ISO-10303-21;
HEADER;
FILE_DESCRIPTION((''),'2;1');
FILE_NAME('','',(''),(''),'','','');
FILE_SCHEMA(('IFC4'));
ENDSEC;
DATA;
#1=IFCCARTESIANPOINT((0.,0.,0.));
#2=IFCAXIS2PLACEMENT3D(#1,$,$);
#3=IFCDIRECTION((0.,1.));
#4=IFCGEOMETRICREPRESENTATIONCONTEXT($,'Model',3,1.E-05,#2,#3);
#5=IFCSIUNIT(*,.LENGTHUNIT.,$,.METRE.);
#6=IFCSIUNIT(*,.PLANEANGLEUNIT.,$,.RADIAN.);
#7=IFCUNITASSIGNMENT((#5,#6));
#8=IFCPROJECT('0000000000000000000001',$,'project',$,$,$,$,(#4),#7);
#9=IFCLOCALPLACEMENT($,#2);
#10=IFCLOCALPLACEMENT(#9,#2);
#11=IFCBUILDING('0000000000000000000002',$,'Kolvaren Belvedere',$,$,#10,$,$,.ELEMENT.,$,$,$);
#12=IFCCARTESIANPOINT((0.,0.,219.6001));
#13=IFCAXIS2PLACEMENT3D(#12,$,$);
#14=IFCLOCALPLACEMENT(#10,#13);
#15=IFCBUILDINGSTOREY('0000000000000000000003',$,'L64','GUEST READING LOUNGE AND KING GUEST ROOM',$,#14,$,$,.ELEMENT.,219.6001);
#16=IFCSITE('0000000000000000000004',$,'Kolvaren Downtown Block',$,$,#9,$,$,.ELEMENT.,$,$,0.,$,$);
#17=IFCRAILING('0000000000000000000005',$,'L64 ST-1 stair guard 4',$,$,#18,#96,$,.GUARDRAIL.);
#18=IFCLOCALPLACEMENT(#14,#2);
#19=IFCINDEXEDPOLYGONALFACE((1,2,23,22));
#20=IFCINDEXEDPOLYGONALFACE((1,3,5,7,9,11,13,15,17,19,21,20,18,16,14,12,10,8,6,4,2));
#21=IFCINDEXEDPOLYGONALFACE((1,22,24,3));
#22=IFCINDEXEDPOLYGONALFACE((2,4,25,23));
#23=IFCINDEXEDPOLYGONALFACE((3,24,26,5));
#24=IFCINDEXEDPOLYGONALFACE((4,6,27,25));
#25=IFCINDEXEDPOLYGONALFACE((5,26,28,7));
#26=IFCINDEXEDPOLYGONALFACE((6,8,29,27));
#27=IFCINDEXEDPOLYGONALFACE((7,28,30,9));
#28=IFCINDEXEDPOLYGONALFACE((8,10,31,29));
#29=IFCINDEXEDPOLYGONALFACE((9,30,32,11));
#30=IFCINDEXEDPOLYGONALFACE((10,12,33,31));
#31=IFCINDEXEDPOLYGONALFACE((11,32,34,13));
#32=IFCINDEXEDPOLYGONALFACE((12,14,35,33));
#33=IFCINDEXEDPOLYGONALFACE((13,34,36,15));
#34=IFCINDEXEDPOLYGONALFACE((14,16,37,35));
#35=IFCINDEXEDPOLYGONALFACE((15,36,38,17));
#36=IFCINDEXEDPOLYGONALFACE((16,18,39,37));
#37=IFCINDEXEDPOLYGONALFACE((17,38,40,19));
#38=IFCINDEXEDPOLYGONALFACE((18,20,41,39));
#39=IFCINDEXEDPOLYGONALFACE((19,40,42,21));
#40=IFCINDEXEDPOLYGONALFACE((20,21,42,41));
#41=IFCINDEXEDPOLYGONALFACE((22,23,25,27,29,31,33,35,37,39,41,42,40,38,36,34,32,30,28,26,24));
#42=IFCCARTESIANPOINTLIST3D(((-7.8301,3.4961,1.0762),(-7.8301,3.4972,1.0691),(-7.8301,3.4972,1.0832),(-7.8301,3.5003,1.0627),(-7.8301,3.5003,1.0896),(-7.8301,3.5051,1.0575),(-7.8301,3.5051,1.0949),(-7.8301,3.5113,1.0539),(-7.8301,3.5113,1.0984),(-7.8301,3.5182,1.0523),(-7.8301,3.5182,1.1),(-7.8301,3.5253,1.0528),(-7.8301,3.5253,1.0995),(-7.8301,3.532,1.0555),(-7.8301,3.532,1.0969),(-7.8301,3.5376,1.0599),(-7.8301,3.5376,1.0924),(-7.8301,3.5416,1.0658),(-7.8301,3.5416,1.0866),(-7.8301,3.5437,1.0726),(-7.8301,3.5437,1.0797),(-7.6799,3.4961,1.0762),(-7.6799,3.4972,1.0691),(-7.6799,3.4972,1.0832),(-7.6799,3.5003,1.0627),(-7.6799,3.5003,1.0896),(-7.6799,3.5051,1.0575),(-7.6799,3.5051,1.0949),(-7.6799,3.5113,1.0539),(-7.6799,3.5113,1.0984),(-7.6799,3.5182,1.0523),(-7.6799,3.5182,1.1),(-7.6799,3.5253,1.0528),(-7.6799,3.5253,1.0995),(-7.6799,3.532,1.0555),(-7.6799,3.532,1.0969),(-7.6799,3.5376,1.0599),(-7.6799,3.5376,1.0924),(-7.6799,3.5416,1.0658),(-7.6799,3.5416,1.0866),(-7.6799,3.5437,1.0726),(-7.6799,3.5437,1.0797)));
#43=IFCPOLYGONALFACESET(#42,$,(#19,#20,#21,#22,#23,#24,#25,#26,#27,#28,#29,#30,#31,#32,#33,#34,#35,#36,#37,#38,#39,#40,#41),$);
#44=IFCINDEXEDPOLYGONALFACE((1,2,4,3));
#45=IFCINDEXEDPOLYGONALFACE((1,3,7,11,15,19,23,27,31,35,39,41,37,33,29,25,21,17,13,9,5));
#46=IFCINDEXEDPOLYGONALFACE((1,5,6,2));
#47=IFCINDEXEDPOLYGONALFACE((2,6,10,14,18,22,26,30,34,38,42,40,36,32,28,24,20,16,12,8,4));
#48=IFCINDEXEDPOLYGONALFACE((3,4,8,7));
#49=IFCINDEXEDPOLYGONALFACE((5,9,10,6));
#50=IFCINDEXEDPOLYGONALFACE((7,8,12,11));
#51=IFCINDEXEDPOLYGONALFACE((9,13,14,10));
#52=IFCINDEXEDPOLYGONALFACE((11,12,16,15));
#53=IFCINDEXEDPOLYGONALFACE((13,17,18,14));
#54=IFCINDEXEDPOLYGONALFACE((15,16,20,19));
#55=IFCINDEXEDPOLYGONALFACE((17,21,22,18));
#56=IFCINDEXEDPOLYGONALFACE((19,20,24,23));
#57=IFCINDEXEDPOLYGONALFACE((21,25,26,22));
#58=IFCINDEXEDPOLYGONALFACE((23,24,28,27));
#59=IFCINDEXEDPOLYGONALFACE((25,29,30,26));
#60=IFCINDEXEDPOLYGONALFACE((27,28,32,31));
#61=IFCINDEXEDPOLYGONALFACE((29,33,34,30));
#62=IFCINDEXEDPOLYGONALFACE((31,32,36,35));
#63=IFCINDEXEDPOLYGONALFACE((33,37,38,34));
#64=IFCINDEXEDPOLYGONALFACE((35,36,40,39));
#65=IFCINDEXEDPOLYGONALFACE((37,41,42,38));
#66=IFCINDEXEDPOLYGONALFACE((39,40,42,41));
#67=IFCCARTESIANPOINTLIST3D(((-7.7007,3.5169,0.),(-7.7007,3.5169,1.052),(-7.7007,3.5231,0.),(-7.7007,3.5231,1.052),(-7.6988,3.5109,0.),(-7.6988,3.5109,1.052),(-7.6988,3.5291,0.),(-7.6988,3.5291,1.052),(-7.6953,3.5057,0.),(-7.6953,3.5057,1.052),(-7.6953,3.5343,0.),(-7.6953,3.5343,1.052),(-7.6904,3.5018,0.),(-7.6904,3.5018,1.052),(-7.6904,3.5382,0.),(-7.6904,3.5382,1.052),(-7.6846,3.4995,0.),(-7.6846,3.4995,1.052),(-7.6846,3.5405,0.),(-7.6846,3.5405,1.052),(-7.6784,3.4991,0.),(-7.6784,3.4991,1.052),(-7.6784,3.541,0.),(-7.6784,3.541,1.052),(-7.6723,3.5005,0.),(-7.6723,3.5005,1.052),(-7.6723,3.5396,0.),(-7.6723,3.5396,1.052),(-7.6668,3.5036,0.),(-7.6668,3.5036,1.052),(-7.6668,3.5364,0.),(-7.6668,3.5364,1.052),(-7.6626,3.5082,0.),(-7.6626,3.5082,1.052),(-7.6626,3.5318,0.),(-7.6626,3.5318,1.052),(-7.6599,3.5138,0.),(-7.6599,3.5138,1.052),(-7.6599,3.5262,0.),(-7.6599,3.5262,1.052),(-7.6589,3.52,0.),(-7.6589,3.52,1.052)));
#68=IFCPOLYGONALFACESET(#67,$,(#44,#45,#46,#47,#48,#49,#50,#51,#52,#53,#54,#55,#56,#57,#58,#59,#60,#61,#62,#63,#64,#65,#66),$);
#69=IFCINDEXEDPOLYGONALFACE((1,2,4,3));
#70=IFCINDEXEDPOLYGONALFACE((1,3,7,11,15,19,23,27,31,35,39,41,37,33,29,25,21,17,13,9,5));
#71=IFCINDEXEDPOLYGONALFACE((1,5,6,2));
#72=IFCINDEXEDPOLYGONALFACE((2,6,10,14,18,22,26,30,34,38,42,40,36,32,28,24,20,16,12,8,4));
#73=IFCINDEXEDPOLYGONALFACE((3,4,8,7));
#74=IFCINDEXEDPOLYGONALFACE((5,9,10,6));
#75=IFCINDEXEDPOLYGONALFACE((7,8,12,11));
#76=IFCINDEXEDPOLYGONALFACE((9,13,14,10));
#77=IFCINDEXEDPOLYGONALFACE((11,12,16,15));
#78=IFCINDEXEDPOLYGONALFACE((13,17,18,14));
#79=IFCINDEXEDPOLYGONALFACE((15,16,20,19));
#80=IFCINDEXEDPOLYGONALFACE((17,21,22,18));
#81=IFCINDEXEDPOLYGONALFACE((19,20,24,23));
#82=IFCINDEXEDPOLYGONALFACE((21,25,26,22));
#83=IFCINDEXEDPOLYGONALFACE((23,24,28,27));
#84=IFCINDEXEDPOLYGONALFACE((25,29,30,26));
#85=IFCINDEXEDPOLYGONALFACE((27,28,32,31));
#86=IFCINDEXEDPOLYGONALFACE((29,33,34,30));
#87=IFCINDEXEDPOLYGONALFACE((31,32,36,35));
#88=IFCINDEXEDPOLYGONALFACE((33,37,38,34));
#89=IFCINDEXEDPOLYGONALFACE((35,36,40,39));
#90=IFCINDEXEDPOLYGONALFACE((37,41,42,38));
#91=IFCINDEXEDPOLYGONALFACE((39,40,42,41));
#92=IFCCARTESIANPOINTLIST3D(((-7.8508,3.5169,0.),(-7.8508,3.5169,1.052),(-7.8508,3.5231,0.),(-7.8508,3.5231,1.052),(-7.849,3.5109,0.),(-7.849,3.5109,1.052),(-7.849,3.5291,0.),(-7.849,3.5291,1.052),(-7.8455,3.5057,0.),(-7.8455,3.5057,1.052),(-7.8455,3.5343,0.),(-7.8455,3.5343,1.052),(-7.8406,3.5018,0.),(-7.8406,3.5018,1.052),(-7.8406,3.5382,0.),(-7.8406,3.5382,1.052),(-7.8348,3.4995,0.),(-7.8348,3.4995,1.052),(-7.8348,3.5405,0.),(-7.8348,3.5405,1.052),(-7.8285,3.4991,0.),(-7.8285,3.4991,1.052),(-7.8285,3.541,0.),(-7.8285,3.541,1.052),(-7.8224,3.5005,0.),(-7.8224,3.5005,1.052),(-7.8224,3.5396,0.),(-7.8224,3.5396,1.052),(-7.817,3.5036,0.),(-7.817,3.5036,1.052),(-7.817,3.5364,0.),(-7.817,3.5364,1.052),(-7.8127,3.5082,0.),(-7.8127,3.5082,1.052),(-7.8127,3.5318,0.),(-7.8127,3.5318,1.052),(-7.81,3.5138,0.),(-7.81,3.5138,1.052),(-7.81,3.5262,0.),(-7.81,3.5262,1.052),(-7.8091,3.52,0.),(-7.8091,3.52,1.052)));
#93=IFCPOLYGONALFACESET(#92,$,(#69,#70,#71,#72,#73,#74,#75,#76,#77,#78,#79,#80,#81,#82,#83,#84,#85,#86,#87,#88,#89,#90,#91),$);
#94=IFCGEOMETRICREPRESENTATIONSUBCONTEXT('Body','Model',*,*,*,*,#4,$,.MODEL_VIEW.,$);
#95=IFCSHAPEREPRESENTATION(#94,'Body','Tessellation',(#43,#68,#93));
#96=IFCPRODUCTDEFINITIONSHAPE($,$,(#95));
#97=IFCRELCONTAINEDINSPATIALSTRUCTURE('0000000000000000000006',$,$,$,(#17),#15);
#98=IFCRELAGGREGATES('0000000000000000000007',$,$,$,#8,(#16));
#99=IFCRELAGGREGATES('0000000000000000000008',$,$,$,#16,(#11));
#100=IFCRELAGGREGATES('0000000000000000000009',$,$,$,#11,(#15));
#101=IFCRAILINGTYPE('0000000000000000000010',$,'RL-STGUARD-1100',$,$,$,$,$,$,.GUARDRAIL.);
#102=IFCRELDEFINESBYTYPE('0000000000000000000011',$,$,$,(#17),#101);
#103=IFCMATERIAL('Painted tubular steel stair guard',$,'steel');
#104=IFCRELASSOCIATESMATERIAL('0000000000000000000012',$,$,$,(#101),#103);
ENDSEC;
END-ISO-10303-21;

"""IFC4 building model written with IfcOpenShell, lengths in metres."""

from ifc_helpers import new_model, si_unit, direction, frame, origin, origin_2d, place, context, subcontext, project, spatial, circle, extrude, material, type_object, element, save


model = new_model("IFC4")

# Units and contexts
model_context = context("Model", 3, precision=1e-05, world=origin(), true_north=direction((0.0, 1.0)))
body_context = subcontext(model_context, "Body", "Model", "MODEL_VIEW")
ifc_project = project(units=[si_unit("LENGTHUNIT", "METRE"), si_unit("PLANEANGLEUNIT", "RADIAN")], contexts=[model_context])

# Site, building, storey
site_placement = place(None, origin())
site = spatial("IfcSite", under=ifc_project, at=site_placement, Name="Kolvaren Downtown Block", CompositionType="ELEMENT", RefElevation=0.0)
building_placement = place(site_placement, origin())
building = spatial("IfcBuilding", under=site, at=building_placement, Name="Kolvaren Belvedere", CompositionType="ELEMENT")
storey_placement = place(building_placement, frame((0.0, 0.0, 219.6001)))
storey = spatial("IfcBuildingStorey", under=building, at=storey_placement, Name="L64", Description="GUEST READING LOUNGE AND KING GUEST ROOM", CompositionType="ELEMENT", Elevation=219.6001)

# Railing
ifc_material_1 = material(Name="Painted tubular steel stair guard", Category="steel")
railing_type_1 = type_object("IfcRailingType", Name="RL-STGUARD-1100", PredefinedType="GUARDRAIL", material=ifc_material_1)
railing_1_placement = place(storey_placement, frame((-7.6799, 3.52, 0.0)))
element("IfcRailing", 1, at=railing_1_placement, inside=storey, type_object=railing_type_1, Name="L64 ST-1 stair guard 4", PredefinedType="GUARDRAIL", context=body_context, shape_type="SweptSolid", body=[
    extrude(circle(Radius=0.0239, at=origin_2d()), frame((0.0, 0.0, 1.0762), z_axis=(-1.0, 0.0, 0.0), x_axis=(0.0, -1.0, 0.0)), (0.0, 0.0, 1.0), 0.1501),
    extrude(circle(Radius=0.021, at=origin_2d()), origin(), (0.0, 0.0, 1.0), 1.052),
    extrude(circle(Radius=0.021, at=origin_2d()), frame((-0.1501, 0.0, 0.0)), (0.0, 0.0, 1.0), 1.052),
])

save(model, "model.ifc")
